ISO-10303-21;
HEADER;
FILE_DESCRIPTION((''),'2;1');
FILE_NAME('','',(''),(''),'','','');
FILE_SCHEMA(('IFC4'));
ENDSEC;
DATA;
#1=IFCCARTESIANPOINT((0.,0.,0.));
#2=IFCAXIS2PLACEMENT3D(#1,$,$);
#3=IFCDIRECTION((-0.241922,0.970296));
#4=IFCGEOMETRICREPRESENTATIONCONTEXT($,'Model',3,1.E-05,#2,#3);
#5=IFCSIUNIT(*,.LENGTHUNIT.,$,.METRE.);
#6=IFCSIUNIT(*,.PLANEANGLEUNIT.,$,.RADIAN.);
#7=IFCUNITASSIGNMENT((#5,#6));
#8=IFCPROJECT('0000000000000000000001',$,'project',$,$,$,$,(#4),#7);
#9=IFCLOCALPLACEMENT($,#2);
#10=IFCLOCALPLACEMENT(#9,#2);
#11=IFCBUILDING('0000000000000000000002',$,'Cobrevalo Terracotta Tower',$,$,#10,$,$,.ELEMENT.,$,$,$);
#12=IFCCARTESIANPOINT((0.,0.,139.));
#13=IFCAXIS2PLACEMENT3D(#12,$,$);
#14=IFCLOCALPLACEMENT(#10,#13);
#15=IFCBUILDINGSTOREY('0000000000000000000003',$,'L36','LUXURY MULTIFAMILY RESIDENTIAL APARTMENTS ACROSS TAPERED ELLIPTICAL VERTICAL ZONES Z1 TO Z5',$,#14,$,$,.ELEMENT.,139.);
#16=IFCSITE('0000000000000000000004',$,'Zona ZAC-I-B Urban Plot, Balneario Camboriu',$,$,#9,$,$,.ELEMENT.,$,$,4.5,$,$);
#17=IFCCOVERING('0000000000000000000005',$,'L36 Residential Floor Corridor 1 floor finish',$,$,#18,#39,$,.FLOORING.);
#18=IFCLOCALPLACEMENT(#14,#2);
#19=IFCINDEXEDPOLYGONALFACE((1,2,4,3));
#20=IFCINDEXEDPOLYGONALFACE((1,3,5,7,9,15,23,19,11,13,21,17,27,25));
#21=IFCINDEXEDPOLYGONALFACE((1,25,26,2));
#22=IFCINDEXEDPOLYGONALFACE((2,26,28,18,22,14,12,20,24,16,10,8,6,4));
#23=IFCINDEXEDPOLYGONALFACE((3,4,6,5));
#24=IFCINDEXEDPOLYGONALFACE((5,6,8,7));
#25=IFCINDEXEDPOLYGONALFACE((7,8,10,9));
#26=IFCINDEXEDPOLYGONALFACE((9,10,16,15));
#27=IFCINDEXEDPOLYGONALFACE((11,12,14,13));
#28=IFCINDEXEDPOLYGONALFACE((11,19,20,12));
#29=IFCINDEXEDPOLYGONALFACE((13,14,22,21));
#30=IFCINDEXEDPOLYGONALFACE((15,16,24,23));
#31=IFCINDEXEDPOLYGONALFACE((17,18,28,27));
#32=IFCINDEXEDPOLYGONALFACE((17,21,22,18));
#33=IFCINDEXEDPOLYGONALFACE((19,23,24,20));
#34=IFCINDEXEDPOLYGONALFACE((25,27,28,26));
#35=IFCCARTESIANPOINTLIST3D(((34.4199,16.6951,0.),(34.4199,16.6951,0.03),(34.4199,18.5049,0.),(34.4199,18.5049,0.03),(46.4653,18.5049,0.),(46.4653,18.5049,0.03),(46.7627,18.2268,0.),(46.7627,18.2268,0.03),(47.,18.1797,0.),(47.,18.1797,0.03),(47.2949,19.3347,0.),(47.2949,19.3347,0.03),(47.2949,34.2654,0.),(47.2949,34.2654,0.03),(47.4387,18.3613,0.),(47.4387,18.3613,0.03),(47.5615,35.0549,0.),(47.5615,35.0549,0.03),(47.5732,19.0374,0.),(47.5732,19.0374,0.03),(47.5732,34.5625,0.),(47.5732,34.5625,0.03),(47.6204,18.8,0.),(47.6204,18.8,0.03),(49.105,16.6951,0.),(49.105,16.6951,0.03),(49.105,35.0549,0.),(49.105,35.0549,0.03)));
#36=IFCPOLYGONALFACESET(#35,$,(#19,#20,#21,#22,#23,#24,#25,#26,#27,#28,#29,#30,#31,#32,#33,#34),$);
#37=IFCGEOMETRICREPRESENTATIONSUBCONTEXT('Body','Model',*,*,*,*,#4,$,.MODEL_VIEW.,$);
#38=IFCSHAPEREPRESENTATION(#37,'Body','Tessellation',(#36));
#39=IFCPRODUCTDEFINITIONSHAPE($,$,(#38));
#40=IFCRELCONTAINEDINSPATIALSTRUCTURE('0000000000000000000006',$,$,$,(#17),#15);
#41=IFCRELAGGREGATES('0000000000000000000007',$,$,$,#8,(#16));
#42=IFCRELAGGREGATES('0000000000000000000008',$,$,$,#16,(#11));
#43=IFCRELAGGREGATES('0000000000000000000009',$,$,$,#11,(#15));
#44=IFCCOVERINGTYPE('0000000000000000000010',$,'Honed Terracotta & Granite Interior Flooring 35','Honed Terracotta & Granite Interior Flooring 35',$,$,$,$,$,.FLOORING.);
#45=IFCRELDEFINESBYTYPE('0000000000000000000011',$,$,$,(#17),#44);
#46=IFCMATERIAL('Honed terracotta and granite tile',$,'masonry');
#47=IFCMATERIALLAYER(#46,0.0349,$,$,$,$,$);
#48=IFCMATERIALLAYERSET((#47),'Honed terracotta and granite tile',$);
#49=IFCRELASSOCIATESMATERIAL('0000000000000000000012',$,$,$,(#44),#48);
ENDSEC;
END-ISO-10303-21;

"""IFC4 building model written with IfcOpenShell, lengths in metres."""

from ifc_helpers import new_model, si_unit, direction, frame, origin, place, context, subcontext, project, spatial, polyline, outline, extrude, material, layer, layer_set, type_object, element, save


model = new_model("IFC4")

# Units and contexts
model_context = context("Model", 3, precision=1e-05, world=origin(), true_north=direction((-0.241922, 0.970296)))
body_context = subcontext(model_context, "Body", "Model", "MODEL_VIEW")
ifc_project = project(units=[si_unit("LENGTHUNIT", "METRE"), si_unit("PLANEANGLEUNIT", "RADIAN")], contexts=[model_context])

# Site, building, storey
site_placement = place(None, origin())
site = spatial("IfcSite", under=ifc_project, at=site_placement, Name="Zona ZAC-I-B Urban Plot, Balneario Camboriu", CompositionType="ELEMENT", RefElevation=4.5)
building_placement = place(site_placement, origin())
building = spatial("IfcBuilding", under=site, at=building_placement, Name="Cobrevalo Terracotta Tower", CompositionType="ELEMENT")
storey_placement = place(building_placement, frame((0.0, 0.0, 139.0)))
storey = spatial("IfcBuildingStorey", under=building, at=storey_placement, Name="L36", Description="LUXURY MULTIFAMILY RESIDENTIAL APARTMENTS ACROSS TAPERED ELLIPTICAL VERTICAL ZONES Z1 TO Z5", CompositionType="ELEMENT", Elevation=139.0)

# Covering
ifc_material_1 = material(Name="Honed terracotta and granite tile", Category="masonry")
ifc_layer_1 = layer(ifc_material_1, 0.0349)
ifc_layer_set_1 = layer_set([ifc_layer_1], Name="Honed terracotta and granite tile")
covering_type_1 = type_object("IfcCoveringType", Name="Honed Terracotta & Granite Interior Flooring 35", Description="Honed Terracotta & Granite Interior Flooring 35", PredefinedType="FLOORING", material=ifc_layer_set_1)
covering_1_placement = place(storey_placement, origin())
element("IfcCovering", 1, at=covering_1_placement, inside=storey, type_object=covering_type_1, Name="L36 Residential Floor Corridor 1 floor finish", PredefinedType="FLOORING", context=body_context, shape_type="SweptSolid", body=[
    extrude(outline(polyline([(34.4199, 18.5049), (46.4653, 18.5049), (46.7627, 18.2268), (47.0, 18.1797), (47.4387, 18.3613), (47.6204, 18.8), (47.5732, 19.0374), (47.2949, 19.3347), (47.2949, 34.2654), (47.5732, 34.5625), (47.5615, 35.0549), (49.105, 35.0549), (49.105, 16.6951), (34.4199, 16.6951), (34.4199, 18.5049)])), origin(), (0.0, 0.0, 1.0), 0.03),
])

save(model, "model.ifc")
